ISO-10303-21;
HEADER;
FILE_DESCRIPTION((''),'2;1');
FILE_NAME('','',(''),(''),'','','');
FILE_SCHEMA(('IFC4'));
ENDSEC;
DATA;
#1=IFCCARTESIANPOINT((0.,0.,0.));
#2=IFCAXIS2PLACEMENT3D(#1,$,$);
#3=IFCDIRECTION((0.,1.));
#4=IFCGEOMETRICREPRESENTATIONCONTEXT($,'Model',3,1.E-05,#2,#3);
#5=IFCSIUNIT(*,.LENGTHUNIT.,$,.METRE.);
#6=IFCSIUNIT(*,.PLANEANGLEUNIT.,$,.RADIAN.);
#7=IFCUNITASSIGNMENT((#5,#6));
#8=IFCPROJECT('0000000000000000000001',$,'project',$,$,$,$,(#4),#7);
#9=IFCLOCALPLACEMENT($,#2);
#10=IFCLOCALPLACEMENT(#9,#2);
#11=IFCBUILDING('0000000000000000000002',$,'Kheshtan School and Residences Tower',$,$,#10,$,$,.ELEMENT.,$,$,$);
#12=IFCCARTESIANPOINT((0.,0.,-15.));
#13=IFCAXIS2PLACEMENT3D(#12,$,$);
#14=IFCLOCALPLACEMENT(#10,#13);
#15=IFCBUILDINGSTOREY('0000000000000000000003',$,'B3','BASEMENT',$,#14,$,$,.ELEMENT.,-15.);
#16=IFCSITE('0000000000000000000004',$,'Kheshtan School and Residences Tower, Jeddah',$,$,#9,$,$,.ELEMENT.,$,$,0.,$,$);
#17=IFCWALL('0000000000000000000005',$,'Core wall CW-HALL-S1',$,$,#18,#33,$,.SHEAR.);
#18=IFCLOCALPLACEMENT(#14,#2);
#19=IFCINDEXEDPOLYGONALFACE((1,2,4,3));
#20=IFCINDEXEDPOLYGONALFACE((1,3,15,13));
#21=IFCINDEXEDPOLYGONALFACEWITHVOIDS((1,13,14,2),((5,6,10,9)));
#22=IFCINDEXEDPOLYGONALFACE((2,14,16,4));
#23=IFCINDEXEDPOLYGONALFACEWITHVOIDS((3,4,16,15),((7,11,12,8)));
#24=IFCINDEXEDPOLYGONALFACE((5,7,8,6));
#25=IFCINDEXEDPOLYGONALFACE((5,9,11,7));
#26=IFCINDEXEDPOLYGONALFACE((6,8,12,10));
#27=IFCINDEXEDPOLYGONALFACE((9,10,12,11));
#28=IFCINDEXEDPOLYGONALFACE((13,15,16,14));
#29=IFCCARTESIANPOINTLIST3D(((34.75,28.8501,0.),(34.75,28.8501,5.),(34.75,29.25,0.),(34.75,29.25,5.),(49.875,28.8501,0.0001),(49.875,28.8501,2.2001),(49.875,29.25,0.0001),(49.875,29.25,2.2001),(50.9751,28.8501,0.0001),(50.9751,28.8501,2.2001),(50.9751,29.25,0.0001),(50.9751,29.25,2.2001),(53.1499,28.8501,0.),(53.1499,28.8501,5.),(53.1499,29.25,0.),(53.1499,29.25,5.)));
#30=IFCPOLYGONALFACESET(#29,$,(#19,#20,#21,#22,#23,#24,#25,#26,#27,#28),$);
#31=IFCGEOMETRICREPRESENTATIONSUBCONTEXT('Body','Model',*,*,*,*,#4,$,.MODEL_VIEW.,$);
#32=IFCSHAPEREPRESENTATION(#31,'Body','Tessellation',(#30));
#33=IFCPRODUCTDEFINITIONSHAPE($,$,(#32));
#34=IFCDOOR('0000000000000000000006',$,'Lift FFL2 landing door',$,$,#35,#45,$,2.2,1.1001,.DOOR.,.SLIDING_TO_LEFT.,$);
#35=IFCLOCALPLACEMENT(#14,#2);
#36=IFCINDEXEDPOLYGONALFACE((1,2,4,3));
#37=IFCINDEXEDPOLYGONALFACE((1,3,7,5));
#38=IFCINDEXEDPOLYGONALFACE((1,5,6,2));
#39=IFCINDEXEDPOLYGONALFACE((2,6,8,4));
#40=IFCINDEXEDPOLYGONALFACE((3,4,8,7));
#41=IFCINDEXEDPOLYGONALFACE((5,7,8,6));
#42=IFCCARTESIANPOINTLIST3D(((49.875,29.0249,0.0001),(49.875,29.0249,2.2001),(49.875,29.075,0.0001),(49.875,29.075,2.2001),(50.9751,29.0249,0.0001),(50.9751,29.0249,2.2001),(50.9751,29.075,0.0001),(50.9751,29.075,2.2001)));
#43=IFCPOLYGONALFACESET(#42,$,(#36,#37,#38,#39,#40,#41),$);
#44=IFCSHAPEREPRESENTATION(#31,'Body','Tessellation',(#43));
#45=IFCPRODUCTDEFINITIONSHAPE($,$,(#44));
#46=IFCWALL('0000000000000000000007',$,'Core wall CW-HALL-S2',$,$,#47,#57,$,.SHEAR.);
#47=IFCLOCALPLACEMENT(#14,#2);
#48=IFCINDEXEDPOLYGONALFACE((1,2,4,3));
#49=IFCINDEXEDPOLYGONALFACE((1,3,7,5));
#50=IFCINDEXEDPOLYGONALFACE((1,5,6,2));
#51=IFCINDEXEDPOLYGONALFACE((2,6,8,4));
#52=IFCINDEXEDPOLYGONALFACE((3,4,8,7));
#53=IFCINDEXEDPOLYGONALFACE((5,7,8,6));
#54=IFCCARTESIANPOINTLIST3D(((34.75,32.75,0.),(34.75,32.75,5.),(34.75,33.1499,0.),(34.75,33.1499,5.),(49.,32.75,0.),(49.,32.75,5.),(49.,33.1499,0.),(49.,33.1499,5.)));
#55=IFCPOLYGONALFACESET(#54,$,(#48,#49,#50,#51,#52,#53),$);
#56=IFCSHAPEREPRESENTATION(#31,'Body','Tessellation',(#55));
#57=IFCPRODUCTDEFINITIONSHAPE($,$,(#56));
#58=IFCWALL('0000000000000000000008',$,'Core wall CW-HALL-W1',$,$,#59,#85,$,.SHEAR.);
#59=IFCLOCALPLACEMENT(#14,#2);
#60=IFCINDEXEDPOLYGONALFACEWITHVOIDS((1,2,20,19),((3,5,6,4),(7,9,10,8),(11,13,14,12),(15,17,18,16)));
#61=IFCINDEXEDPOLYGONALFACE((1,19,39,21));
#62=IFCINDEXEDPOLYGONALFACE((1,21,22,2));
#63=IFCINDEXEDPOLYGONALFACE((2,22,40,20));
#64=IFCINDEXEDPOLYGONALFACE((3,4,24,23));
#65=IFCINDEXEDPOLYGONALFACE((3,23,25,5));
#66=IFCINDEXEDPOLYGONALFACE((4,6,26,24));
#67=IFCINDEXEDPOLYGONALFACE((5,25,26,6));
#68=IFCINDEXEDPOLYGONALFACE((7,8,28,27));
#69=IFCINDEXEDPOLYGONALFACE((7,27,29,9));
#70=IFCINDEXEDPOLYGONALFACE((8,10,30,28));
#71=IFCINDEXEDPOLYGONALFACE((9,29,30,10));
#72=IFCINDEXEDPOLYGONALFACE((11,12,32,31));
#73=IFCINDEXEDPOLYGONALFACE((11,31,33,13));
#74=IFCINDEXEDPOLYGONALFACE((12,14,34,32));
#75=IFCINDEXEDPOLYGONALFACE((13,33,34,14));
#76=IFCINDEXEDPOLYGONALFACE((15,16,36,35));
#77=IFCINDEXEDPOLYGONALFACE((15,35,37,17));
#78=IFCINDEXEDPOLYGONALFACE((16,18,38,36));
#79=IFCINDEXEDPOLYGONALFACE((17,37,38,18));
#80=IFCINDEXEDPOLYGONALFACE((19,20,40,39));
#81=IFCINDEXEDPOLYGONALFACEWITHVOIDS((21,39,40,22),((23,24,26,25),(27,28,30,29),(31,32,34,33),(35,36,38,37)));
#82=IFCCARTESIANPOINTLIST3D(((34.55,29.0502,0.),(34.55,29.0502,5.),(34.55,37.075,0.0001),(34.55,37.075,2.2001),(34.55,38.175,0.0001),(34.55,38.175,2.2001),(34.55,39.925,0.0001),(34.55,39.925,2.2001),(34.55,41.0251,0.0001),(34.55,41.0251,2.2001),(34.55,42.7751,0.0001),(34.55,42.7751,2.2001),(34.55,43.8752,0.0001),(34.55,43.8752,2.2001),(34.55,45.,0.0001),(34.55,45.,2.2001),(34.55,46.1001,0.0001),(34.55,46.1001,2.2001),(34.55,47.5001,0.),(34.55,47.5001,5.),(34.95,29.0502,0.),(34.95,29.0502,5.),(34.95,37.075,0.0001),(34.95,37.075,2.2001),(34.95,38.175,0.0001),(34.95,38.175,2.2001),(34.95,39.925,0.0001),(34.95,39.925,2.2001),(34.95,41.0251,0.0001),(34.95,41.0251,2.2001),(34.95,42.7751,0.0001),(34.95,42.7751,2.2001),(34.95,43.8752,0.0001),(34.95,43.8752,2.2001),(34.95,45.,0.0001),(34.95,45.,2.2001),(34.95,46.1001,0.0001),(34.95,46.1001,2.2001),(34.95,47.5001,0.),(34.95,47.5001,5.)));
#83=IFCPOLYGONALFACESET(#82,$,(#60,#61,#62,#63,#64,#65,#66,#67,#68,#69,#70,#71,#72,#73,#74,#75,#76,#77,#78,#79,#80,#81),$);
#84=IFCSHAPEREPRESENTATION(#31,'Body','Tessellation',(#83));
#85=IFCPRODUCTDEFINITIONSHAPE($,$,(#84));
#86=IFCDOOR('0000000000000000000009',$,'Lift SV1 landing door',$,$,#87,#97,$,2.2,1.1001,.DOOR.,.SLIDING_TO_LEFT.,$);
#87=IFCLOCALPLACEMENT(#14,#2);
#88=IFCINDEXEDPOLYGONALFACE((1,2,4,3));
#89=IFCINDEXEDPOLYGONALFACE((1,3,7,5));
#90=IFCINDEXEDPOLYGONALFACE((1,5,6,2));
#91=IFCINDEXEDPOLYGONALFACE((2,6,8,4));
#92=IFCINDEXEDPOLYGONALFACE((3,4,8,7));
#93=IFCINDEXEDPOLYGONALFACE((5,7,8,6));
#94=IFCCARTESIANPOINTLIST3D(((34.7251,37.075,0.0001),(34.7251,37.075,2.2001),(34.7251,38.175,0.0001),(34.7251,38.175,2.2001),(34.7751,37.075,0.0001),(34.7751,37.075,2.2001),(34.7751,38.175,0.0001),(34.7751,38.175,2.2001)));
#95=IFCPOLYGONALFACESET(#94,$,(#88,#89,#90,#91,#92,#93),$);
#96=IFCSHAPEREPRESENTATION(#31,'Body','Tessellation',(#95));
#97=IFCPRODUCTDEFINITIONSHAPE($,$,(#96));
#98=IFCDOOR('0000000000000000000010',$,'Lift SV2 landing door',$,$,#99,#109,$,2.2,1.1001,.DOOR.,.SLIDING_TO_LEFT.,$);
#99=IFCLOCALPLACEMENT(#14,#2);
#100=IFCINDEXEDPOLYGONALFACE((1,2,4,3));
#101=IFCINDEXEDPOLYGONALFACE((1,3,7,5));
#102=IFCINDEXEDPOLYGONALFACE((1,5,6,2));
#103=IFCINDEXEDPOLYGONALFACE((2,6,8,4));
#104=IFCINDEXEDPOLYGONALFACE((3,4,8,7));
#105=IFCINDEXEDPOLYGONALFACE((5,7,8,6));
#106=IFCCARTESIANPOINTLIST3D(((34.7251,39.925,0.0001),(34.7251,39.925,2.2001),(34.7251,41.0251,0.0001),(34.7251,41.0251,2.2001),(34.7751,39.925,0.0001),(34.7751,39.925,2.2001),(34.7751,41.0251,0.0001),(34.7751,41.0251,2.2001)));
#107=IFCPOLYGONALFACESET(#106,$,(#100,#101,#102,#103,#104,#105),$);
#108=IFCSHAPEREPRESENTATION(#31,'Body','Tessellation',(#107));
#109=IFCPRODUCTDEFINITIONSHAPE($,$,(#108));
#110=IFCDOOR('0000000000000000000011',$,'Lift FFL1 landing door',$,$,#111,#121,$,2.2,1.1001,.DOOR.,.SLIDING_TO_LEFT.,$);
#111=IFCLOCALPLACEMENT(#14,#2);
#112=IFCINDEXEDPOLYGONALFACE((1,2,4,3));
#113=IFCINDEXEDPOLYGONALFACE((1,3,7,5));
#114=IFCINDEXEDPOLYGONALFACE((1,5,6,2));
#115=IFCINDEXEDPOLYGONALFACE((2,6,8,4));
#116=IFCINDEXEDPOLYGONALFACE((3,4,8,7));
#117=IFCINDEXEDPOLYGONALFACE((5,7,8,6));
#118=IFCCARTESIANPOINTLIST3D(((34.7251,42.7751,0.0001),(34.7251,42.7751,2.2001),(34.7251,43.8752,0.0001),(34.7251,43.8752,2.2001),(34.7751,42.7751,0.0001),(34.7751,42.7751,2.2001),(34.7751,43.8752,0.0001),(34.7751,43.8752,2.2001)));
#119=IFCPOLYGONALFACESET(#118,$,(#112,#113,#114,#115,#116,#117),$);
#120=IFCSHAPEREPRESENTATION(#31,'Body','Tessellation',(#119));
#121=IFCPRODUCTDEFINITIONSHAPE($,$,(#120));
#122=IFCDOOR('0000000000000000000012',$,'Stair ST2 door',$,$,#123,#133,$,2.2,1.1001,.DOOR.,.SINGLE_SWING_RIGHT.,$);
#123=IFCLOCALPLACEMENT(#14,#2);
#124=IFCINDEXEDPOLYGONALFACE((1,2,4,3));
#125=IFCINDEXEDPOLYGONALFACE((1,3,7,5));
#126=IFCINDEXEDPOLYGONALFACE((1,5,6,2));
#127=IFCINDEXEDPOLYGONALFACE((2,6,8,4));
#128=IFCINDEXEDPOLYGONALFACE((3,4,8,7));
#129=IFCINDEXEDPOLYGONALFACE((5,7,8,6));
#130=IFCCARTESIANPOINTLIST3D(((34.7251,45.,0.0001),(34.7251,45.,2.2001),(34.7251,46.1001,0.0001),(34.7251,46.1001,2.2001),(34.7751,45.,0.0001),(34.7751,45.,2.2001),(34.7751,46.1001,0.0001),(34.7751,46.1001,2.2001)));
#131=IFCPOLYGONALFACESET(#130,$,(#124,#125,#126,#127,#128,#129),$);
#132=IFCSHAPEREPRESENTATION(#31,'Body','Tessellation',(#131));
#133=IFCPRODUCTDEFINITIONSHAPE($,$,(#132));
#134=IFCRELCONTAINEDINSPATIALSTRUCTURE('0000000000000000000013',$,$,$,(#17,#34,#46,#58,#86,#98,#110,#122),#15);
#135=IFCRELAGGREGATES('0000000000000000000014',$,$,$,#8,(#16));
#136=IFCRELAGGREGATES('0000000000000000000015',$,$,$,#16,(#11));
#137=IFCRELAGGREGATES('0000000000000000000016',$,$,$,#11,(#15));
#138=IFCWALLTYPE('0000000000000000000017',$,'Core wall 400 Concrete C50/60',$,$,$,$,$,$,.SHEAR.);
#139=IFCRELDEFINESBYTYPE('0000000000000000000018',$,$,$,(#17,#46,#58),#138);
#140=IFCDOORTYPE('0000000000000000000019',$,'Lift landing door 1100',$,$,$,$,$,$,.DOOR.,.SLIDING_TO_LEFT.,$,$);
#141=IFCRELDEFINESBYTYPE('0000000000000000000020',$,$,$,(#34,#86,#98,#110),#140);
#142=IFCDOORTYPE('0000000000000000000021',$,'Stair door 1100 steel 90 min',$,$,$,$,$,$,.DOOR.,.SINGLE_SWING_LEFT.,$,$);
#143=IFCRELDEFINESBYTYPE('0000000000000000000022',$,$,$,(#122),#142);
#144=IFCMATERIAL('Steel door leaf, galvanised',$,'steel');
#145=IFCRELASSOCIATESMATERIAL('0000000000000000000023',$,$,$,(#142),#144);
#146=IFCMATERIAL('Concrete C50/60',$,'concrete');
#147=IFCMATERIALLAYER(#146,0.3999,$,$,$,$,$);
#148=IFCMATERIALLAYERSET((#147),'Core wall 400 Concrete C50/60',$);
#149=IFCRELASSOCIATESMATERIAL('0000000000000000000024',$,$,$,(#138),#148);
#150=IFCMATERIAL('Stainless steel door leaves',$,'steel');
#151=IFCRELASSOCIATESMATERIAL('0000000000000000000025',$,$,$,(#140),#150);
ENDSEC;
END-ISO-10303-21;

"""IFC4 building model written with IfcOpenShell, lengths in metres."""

from ifc_helpers import new_model, si_unit, direction, frame, frame_2d, origin, place, context, subcontext, project, spatial, rectangle, extrude, source, transform, mapped, material, layer, layer_set, type_object, element, fill, save


model = new_model("IFC4")

# Units and contexts
model_context = context("Model", 3, precision=1e-05, world=origin(), true_north=direction((0.0, 1.0)))
body_context = subcontext(model_context, "Body", "Model", "MODEL_VIEW")
ifc_project = project(units=[si_unit("LENGTHUNIT", "METRE"), si_unit("PLANEANGLEUNIT", "RADIAN")], contexts=[model_context])

# Site, building, storey
site_placement = place(None, origin())
site = spatial("IfcSite", under=ifc_project, at=site_placement, Name="Kheshtan School and Residences Tower, Jeddah", CompositionType="ELEMENT", RefElevation=0.0)
building_placement = place(site_placement, origin())
building = spatial("IfcBuilding", under=site, at=building_placement, Name="Kheshtan School and Residences Tower", CompositionType="ELEMENT")
storey_placement = place(building_placement, frame((0.0, 0.0, -15.0)))
storey = spatial("IfcBuildingStorey", under=building, at=storey_placement, Name="B3", Description="BASEMENT", CompositionType="ELEMENT", Elevation=-15.0)

# Shared definitions
ifc_material_1 = material(Name="Concrete C50/60", Category="concrete")

# Shared definitions
ifc_material_2 = material(Name="Steel door leaf, galvanised", Category="steel")
door_type_1 = type_object("IfcDoorType", Name="Stair door 1100 steel 90 min", OperationType="SINGLE_SWING_LEFT", PredefinedType="DOOR", material=ifc_material_2)

# Wall, opening, door
ifc_layer_1 = layer(ifc_material_1, 0.3999)
ifc_layer_set_1 = layer_set([ifc_layer_1], Name="Core wall 400 Concrete C50/60")
wall_type_1 = type_object("IfcWallType", Name="Core wall 400 Concrete C50/60", PredefinedType="SHEAR", material=ifc_layer_set_1)
wall_1_placement = place(storey_placement, frame((34.75, 29.05, 0.0), z_axis=(0.0, 0.0, 1.0), x_axis=(1.0, 0.0, 0.0)))
wall_1 = element("IfcWall", 1, at=wall_1_placement, inside=storey, type_object=wall_type_1, Name="Core wall CW-HALL-S1", PredefinedType="SHEAR", context=body_context, shape_type="SweptSolid", body=[
    extrude(rectangle(XDim=18.3999, YDim=0.3999, at=frame_2d((9.2, 0.0))), origin(), (0.0, 0.0, 1.0), 5.0),
])
opening_1_placement = place(wall_1_placement, frame((15.125, 0.0, 0.0)))
opening_1 = element("IfcOpeningElement", 2, at=opening_1_placement, cuts=wall_1, PredefinedType="OPENING", context=body_context, shape_type="SweptSolid", body=[
    extrude(rectangle(XDim=1.1001, YDim=2.2, at=frame_2d((0.55, 1.1001))), frame((0.0, 0.21, 0.0), z_axis=(0.0, -1.0, 0.0), x_axis=(1.0, 0.0, 0.0)), (0.0, 0.0, 1.0), 0.4199),
])
ifc_material_3 = material(Name="Stainless steel door leaves", Category="steel")
door_type_2 = type_object("IfcDoorType", Name="Lift landing door 1100", OperationType="SLIDING_TO_LEFT", PredefinedType="DOOR", material=ifc_material_3)
shared_shape_1 = source(origin(), body_context, "Body", "SweptSolid", [
    extrude(rectangle(XDim=1.1001, YDim=2.2, at=frame_2d((0.55, 1.1001))), frame((0.0, 0.0249, 0.0), z_axis=(0.0, -1.0, 0.0), x_axis=(1.0, 0.0, 0.0)), (0.0, 0.0, 1.0), 0.05),
])
door_1_placement = place(opening_1_placement, origin())
door_1 = element("IfcDoor", 3, at=door_1_placement, inside=storey, type_object=door_type_2, Name="Lift FFL2 landing door", OperationType="SLIDING_TO_LEFT", OverallHeight=2.2, OverallWidth=1.1001, PredefinedType="DOOR", context=body_context, shape_type="MappedRepresentation", body=[
    mapped(shared_shape_1, transform((0.0, 0.0, 0.0), x_axis=(1.0, 0.0, 0.0), y_axis=(0.0, 1.0, 0.0), z_axis=(0.0, 0.0, 1.0), scale=1.0)),
])
fill(opening_1, door_1)

# Wall
wall_2_placement = place(storey_placement, frame((34.75, 32.95, 0.0), z_axis=(0.0, 0.0, 1.0), x_axis=(1.0, 0.0, 0.0)))
element("IfcWall", 4, at=wall_2_placement, inside=storey, type_object=wall_type_1, Name="Core wall CW-HALL-S2", PredefinedType="SHEAR", context=body_context, shape_type="SweptSolid", body=[
    extrude(rectangle(XDim=14.25, YDim=0.3999, at=frame_2d((7.125, 0.0))), origin(), (0.0, 0.0, 1.0), 5.0),
])

# Wall, openings, doors
wall_3_placement = place(storey_placement, frame((34.75, 29.05, 0.0), z_axis=(0.0, 0.0, 1.0), x_axis=(0.0, 1.0, 0.0)))
wall_3 = element("IfcWall", 5, at=wall_3_placement, inside=storey, type_object=wall_type_1, Name="Core wall CW-HALL-W1", PredefinedType="SHEAR", context=body_context, shape_type="SweptSolid", body=[
    extrude(rectangle(XDim=18.45, YDim=0.3999, at=frame_2d((9.2251, 0.0))), origin(), (0.0, 0.0, 1.0), 5.0),
])
opening_2_placement = place(wall_3_placement, frame((8.0249, 0.0, 0.0)))
opening_2 = element("IfcOpeningElement", 6, at=opening_2_placement, cuts=wall_3, PredefinedType="OPENING", context=body_context, shape_type="SweptSolid", body=[
    extrude(rectangle(XDim=1.1001, YDim=2.2, at=frame_2d((0.55, 1.1001))), frame((0.0, 0.21, 0.0), z_axis=(0.0, -1.0, 0.0), x_axis=(1.0, 0.0, 0.0)), (0.0, 0.0, 1.0), 0.4199),
])
opening_3_placement = place(wall_3_placement, frame((10.875, 0.0, 0.0)))
opening_3 = element("IfcOpeningElement", 7, at=opening_3_placement, cuts=wall_3, PredefinedType="OPENING", context=body_context, shape_type="SweptSolid", body=[
    extrude(rectangle(XDim=1.1001, YDim=2.2, at=frame_2d((0.55, 1.1001))), frame((0.0, 0.21, 0.0), z_axis=(0.0, -1.0, 0.0), x_axis=(1.0, 0.0, 0.0)), (0.0, 0.0, 1.0), 0.4199),
])
opening_4_placement = place(wall_3_placement, frame((13.7251, 0.0, 0.0)))
opening_4 = element("IfcOpeningElement", 8, at=opening_4_placement, cuts=wall_3, PredefinedType="OPENING", context=body_context, shape_type="SweptSolid", body=[
    extrude(rectangle(XDim=1.1001, YDim=2.2, at=frame_2d((0.55, 1.1001))), frame((0.0, 0.21, 0.0), z_axis=(0.0, -1.0, 0.0), x_axis=(1.0, 0.0, 0.0)), (0.0, 0.0, 1.0), 0.4199),
])
opening_5_placement = place(wall_3_placement, frame((15.95, 0.0, 0.0)))
opening_5 = element("IfcOpeningElement", 9, at=opening_5_placement, cuts=wall_3, PredefinedType="OPENING", context=body_context, shape_type="SweptSolid", body=[
    extrude(rectangle(XDim=1.1001, YDim=2.2, at=frame_2d((0.55, 1.1001))), frame((0.0, 0.21, 0.0), z_axis=(0.0, -1.0, 0.0), x_axis=(1.0, 0.0, 0.0)), (0.0, 0.0, 1.0), 0.4199),
])
door_2_placement = place(opening_2_placement, origin())
door_2 = element("IfcDoor", 10, at=door_2_placement, inside=storey, type_object=door_type_2, Name="Lift SV1 landing door", OperationType="SLIDING_TO_LEFT", OverallHeight=2.2, OverallWidth=1.1001, PredefinedType="DOOR", context=body_context, shape_type="MappedRepresentation", body=[
    mapped(shared_shape_1, transform((0.0, 0.0, 0.0), x_axis=(1.0, 0.0, 0.0), y_axis=(0.0, 1.0, 0.0), z_axis=(0.0, 0.0, 1.0), scale=1.0)),
])
fill(opening_2, door_2)
door_3_placement = place(opening_3_placement, origin())
door_3 = element("IfcDoor", 11, at=door_3_placement, inside=storey, type_object=door_type_2, Name="Lift SV2 landing door", OperationType="SLIDING_TO_LEFT", OverallHeight=2.2, OverallWidth=1.1001, PredefinedType="DOOR", context=body_context, shape_type="MappedRepresentation", body=[
    mapped(shared_shape_1, transform((0.0, 0.0, 0.0), x_axis=(1.0, 0.0, 0.0), y_axis=(0.0, 1.0, 0.0), z_axis=(0.0, 0.0, 1.0), scale=1.0)),
])
fill(opening_3, door_3)
door_4_placement = place(opening_4_placement, origin())
door_4 = element("IfcDoor", 12, at=door_4_placement, inside=storey, type_object=door_type_2, Name="Lift FFL1 landing door", OperationType="SLIDING_TO_LEFT", OverallHeight=2.2, OverallWidth=1.1001, PredefinedType="DOOR", context=body_context, shape_type="MappedRepresentation", body=[
    mapped(shared_shape_1, transform((0.0, 0.0, 0.0), x_axis=(1.0, 0.0, 0.0), y_axis=(0.0, 1.0, 0.0), z_axis=(0.0, 0.0, 1.0), scale=1.0)),
])
fill(opening_4, door_4)
shared_shape_2 = source(origin(), body_context, "Body", "SweptSolid", [
    extrude(rectangle(XDim=1.1001, YDim=2.2, at=frame_2d((0.55, 1.1001))), frame((0.0, 0.0249, 0.0), z_axis=(0.0, -1.0, 0.0), x_axis=(1.0, 0.0, 0.0)), (0.0, 0.0, 1.0), 0.05),
])
door_5_placement = place(opening_5_placement, origin())
door_5 = element("IfcDoor", 13, at=door_5_placement, inside=storey, type_object=door_type_1, Name="Stair ST2 door", OperationType="SINGLE_SWING_RIGHT", OverallHeight=2.2, OverallWidth=1.1001, PredefinedType="DOOR", context=body_context, shape_type="MappedRepresentation", body=[
    mapped(shared_shape_2, transform((0.0, 0.0, 0.0), x_axis=(1.0, 0.0, 0.0), y_axis=(0.0, 1.0, 0.0), z_axis=(0.0, 0.0, 1.0), scale=1.0)),
])
fill(opening_5, door_5)

save(model, "model.ifc")
